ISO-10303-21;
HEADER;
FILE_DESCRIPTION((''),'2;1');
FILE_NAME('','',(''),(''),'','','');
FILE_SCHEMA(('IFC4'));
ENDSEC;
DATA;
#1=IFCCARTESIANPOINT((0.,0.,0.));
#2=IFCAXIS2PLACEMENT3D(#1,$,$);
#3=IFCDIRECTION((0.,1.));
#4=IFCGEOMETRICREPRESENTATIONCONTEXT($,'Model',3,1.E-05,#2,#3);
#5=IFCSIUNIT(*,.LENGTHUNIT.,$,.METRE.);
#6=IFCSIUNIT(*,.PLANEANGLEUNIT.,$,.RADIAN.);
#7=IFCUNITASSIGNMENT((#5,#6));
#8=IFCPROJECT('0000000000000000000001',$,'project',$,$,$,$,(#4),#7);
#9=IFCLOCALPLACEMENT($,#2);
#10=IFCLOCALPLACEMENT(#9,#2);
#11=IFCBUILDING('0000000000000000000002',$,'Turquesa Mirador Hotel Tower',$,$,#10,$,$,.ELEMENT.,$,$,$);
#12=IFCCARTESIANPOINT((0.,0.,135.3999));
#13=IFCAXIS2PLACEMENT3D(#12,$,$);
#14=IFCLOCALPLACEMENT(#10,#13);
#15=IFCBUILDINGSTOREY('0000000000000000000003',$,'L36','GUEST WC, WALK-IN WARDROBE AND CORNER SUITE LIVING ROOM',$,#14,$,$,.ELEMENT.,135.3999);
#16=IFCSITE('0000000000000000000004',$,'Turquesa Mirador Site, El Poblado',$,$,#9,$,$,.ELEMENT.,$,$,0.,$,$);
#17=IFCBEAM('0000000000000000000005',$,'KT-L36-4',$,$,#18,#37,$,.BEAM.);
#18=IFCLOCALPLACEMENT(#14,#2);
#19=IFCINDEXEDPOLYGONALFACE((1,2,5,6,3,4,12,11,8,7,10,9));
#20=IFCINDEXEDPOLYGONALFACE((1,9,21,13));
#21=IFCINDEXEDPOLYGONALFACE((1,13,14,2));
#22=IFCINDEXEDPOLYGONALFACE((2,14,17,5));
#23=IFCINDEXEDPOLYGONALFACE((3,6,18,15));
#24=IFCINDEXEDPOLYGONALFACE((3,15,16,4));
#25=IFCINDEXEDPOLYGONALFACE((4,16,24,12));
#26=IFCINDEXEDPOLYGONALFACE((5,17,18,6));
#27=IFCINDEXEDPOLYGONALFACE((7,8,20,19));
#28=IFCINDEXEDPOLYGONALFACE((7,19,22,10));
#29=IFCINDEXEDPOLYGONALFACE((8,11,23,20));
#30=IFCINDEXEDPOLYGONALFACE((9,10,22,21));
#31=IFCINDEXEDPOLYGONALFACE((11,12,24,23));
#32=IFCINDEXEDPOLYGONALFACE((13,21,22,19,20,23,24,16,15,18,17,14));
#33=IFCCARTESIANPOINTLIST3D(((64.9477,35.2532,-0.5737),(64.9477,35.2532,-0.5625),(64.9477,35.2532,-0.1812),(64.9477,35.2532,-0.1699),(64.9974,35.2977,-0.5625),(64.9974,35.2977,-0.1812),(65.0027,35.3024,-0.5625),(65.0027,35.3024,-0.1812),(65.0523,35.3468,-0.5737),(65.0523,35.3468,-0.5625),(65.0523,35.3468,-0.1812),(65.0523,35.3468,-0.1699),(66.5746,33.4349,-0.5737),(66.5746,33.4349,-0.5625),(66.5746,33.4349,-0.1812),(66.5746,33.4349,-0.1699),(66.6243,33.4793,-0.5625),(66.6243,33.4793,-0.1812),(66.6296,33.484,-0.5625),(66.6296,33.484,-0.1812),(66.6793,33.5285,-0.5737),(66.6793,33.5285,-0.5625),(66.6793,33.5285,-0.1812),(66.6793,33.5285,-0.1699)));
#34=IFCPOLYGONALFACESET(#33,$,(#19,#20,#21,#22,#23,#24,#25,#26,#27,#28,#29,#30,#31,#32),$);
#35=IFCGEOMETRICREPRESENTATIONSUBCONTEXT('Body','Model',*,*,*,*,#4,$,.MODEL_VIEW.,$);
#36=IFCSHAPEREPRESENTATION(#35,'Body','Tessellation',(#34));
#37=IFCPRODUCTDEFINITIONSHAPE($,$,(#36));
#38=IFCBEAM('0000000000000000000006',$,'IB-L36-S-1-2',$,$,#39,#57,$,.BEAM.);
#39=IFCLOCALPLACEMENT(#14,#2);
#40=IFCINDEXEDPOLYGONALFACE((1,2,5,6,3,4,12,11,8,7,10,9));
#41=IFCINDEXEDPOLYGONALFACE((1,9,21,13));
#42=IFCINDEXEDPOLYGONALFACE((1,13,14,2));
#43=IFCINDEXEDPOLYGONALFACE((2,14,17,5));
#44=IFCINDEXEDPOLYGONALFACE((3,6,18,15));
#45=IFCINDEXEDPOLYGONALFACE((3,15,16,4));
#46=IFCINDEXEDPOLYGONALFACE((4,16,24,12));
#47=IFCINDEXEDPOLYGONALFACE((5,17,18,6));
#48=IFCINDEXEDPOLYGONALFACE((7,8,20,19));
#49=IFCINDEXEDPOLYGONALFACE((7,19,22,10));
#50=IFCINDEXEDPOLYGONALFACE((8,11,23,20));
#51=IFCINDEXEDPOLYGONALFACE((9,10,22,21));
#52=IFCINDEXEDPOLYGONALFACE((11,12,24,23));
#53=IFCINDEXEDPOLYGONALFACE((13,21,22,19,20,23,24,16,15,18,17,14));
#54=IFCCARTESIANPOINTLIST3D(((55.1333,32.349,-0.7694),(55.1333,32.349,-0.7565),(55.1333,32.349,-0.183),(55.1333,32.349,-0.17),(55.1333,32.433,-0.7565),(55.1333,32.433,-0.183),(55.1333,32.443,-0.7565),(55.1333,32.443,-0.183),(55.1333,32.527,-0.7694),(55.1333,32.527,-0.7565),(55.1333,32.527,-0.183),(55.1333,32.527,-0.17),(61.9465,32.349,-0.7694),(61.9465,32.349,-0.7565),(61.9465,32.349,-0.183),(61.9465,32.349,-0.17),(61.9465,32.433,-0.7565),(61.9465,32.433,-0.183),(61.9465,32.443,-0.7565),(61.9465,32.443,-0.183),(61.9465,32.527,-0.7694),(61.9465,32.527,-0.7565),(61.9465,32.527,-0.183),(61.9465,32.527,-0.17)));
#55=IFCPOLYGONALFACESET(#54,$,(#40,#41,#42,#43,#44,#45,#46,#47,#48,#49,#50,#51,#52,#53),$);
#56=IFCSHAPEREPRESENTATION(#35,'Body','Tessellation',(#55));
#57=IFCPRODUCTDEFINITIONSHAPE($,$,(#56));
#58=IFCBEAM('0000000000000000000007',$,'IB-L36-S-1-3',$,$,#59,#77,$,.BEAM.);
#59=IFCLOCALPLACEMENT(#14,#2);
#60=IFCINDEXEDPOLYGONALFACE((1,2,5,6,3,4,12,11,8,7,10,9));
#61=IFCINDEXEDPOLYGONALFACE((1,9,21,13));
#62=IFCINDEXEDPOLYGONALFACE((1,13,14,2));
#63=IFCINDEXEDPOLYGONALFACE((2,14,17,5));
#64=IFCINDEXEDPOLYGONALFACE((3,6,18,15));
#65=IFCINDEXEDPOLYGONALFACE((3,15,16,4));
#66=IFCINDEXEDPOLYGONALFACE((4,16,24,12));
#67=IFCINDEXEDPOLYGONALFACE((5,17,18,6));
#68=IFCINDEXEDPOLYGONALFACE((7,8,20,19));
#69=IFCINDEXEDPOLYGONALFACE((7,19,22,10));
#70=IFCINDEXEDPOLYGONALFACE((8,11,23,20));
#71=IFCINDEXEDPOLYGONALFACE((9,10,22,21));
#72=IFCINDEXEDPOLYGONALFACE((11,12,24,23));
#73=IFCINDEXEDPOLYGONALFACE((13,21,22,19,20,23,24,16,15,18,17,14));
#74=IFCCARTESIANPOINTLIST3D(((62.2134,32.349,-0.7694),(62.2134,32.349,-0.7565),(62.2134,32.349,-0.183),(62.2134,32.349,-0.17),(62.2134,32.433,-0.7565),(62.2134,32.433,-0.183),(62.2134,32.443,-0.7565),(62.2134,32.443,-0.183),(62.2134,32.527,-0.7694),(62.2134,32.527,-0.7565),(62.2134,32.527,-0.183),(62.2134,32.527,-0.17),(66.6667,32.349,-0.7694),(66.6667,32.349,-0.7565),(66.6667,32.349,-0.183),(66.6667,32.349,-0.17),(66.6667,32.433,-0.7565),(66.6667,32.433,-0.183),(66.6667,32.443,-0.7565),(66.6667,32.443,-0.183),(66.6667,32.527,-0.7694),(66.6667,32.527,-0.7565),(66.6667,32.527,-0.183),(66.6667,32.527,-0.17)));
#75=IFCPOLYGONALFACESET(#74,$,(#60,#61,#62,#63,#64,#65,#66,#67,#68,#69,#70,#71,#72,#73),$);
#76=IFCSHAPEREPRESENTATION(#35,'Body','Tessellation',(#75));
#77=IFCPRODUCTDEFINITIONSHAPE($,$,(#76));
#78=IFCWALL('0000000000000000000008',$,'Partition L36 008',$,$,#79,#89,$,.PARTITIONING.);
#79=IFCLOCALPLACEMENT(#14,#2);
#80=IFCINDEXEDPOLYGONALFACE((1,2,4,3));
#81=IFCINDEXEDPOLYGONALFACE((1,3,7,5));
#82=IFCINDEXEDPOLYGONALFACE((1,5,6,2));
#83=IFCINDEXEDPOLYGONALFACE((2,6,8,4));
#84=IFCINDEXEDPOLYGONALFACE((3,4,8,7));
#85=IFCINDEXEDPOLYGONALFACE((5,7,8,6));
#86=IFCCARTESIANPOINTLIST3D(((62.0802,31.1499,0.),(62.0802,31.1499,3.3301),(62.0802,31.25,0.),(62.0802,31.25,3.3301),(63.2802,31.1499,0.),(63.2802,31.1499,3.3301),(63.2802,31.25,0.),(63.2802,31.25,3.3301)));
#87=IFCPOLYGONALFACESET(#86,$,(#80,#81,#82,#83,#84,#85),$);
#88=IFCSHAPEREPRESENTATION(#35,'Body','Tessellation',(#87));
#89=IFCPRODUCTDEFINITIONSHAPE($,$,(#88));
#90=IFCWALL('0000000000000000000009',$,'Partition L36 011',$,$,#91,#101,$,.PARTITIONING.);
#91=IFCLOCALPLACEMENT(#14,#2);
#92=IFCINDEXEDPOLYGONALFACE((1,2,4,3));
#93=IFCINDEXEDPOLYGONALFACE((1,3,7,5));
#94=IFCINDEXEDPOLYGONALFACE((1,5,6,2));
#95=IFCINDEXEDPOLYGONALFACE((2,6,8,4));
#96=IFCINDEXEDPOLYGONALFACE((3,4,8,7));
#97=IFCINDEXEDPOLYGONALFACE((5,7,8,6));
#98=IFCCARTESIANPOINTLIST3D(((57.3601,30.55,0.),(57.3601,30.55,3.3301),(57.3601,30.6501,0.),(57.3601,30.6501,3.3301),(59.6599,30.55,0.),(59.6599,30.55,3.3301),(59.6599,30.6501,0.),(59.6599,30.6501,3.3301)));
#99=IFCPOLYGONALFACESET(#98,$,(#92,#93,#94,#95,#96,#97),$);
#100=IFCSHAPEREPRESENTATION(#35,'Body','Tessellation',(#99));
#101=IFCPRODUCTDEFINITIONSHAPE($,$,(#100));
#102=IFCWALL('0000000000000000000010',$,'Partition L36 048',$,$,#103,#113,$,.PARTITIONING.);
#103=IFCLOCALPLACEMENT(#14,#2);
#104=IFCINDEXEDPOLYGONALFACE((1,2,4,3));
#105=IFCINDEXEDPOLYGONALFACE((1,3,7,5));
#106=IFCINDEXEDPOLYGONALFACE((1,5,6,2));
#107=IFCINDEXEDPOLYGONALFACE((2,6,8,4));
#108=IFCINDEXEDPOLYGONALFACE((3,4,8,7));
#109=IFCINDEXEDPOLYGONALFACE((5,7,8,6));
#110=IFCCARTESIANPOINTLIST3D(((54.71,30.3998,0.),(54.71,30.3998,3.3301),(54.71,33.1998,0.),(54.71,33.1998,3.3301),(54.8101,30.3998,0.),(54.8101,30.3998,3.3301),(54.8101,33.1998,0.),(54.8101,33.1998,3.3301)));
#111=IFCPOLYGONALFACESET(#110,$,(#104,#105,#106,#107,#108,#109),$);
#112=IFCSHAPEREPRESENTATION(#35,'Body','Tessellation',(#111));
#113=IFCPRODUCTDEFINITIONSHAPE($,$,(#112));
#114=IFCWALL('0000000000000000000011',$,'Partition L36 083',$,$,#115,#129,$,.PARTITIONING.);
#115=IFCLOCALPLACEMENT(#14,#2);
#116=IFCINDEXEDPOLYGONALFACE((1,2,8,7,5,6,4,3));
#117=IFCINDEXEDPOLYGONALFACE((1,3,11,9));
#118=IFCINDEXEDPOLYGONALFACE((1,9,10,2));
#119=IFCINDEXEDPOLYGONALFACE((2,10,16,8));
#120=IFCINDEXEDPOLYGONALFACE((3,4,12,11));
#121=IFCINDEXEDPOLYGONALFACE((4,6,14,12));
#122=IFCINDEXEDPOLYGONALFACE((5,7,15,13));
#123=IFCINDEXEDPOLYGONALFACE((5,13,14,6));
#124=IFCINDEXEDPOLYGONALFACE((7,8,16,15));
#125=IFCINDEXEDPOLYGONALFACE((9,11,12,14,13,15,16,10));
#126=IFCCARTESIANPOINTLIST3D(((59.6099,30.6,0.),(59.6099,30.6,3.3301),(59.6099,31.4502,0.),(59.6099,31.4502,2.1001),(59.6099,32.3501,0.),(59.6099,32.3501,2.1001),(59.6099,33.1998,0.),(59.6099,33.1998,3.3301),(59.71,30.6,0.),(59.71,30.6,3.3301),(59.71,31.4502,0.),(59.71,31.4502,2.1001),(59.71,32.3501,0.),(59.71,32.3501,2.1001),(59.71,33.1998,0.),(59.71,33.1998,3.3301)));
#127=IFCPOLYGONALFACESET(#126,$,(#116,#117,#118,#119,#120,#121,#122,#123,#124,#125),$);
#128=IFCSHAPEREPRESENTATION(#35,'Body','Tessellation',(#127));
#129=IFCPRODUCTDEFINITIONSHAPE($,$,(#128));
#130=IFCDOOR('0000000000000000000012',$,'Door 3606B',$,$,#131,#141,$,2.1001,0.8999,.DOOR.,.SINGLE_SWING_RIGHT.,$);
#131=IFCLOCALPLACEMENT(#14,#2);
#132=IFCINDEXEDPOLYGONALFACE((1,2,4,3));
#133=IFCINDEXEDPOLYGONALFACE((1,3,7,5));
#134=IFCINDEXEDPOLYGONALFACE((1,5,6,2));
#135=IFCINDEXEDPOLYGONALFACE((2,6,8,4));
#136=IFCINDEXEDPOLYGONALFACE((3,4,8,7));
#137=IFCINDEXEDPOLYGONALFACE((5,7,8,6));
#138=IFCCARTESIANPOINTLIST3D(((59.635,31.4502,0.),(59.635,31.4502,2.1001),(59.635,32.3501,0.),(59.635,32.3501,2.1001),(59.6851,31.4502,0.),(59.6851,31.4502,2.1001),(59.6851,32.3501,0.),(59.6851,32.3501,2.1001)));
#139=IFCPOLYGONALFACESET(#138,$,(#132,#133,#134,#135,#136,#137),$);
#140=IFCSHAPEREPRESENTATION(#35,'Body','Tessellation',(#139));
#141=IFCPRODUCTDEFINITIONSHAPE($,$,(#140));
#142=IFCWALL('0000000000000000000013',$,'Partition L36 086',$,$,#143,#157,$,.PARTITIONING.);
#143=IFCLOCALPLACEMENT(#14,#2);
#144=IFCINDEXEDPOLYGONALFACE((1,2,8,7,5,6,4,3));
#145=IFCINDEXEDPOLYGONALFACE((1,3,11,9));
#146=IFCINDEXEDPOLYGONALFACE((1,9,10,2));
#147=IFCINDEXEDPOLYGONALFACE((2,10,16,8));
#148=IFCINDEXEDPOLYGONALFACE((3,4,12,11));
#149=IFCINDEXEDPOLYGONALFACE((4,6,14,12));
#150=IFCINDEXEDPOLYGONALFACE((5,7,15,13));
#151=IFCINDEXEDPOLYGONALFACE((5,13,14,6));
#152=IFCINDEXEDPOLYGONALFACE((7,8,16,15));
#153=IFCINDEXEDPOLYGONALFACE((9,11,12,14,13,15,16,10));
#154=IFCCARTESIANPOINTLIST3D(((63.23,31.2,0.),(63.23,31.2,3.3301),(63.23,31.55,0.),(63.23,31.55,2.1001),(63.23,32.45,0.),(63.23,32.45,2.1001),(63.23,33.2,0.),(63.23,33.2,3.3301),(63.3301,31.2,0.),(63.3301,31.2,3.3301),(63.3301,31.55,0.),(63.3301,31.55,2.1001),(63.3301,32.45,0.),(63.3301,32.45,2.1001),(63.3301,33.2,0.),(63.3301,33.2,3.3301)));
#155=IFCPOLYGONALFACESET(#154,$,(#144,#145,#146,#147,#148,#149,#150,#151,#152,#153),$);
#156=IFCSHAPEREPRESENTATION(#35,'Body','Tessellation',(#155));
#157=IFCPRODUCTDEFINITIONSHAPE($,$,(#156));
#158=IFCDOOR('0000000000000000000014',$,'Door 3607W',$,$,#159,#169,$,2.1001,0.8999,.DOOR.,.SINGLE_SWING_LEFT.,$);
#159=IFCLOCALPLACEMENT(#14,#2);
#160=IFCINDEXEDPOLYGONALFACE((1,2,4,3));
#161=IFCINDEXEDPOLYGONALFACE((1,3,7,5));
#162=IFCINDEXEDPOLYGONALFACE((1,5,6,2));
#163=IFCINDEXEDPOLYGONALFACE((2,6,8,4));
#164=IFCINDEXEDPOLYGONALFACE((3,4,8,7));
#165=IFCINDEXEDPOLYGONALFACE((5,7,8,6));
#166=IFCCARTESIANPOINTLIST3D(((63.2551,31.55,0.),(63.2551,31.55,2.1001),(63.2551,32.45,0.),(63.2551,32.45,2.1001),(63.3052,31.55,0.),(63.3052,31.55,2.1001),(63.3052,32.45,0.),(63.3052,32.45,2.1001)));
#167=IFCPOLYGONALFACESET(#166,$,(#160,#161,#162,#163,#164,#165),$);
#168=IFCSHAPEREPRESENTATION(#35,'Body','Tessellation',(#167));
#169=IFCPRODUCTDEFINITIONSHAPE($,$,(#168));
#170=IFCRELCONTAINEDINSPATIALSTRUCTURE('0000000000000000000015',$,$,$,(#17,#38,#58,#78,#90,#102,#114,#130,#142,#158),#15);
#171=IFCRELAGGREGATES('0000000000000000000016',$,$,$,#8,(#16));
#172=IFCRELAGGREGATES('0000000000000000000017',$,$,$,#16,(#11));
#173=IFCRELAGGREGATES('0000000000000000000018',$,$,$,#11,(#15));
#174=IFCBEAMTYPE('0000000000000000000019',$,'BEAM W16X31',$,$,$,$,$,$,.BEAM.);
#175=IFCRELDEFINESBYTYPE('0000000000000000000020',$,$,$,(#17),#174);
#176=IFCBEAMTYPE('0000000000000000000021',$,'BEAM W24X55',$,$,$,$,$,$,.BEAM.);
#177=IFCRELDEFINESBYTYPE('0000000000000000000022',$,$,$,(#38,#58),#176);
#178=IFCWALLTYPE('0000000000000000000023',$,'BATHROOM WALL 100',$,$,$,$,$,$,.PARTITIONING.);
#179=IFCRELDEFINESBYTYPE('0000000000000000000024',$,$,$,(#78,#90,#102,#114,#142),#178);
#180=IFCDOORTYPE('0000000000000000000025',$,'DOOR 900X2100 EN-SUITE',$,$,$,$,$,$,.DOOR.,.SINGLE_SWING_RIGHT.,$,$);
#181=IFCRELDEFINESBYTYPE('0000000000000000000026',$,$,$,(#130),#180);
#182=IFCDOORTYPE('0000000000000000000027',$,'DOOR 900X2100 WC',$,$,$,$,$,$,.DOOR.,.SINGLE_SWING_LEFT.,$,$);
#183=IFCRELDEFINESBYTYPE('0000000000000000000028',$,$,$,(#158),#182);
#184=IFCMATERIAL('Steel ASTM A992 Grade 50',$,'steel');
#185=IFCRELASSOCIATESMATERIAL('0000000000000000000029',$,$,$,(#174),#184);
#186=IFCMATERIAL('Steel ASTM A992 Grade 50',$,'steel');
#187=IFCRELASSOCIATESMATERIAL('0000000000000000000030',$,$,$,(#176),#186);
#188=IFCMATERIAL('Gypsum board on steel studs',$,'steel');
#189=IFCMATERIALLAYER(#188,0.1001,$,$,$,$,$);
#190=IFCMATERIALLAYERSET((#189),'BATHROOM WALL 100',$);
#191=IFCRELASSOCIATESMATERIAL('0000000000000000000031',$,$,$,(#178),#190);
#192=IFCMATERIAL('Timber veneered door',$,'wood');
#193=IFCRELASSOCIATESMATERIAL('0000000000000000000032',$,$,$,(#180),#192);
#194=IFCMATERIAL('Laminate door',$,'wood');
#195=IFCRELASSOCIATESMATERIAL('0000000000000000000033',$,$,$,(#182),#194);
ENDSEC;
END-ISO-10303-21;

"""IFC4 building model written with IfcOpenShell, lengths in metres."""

from ifc_helpers import new_model, si_unit, direction, frame, frame_2d, origin, origin_2d, place, context, subcontext, project, spatial, rectangle, i_section, extrude, material, layer, layer_set, material_profile, profile_set, type_object, element, fill, save


model = new_model("IFC4")

# Units and contexts
model_context = context("Model", 3, precision=1e-05, world=origin(), true_north=direction((0.0, 1.0)))
body_context = subcontext(model_context, "Body", "Model", "MODEL_VIEW")
ifc_project = project(units=[si_unit("LENGTHUNIT", "METRE"), si_unit("PLANEANGLEUNIT", "RADIAN")], contexts=[model_context])

# Site, building, storey
site_placement = place(None, origin())
site = spatial("IfcSite", under=ifc_project, at=site_placement, Name="Turquesa Mirador Site, El Poblado", CompositionType="ELEMENT", RefElevation=0.0)
building_placement = place(site_placement, origin())
building = spatial("IfcBuilding", under=site, at=building_placement, Name="Turquesa Mirador Hotel Tower", CompositionType="ELEMENT")
storey_placement = place(building_placement, frame((0.0, 0.0, 135.3999)))
storey = spatial("IfcBuildingStorey", under=building, at=storey_placement, Name="L36", Description="GUEST WC, WALK-IN WARDROBE AND CORNER SUITE LIVING ROOM", CompositionType="ELEMENT", Elevation=135.3999)

# Beams
ifc_material_1 = material(Name="Steel ASTM A992 Grade 50", Category="steel")
ifc_material_profile_1 = material_profile(ifc_material_1, i_section(OverallWidth=0.1404, OverallDepth=0.4038, WebThickness=0.0071, FlangeThickness=0.0112, at=origin_2d()), Name="W16X31")
ifc_profile_set_1 = profile_set([ifc_material_profile_1], Name="Steel ASTM A992 Grade 50")
beam_type_1 = type_object("IfcBeamType", Name="BEAM W16X31", PredefinedType="BEAM", material=ifc_profile_set_1)
beam_1_placement = place(storey_placement, frame((66.627, 33.4817, -0.3718), z_axis=(-0.666795, 0.745241, 0.0), x_axis=(-0.745241, -0.666795, 0.0)))
element("IfcBeam", 1, at=beam_1_placement, inside=storey, type_object=beam_type_1, Name="KT-L36-4", PredefinedType="BEAM", context=body_context, shape_type="SweptSolid", body=[
    extrude(i_section(OverallWidth=0.1404, OverallDepth=0.4038, WebThickness=0.0071, FlangeThickness=0.0112, at=origin_2d()), origin(), (0.0, 0.0, 1.0), 2.4399),
])
ifc_material_2 = material(Name="Steel ASTM A992 Grade 50", Category="steel")
ifc_material_profile_2 = material_profile(ifc_material_2, i_section(OverallWidth=0.178, OverallDepth=0.5994, WebThickness=0.01, FlangeThickness=0.0129, at=origin_2d()), Name="W24X55")
ifc_profile_set_2 = profile_set([ifc_material_profile_2], Name="Steel ASTM A992 Grade 50")
beam_type_2 = type_object("IfcBeamType", Name="BEAM W24X55", PredefinedType="BEAM", material=ifc_profile_set_2)
beam_2_placement = place(storey_placement, frame((55.1333, 32.438, -0.4697), z_axis=(1.0, 0.0, 0.0), x_axis=(0.0, 1.0, 0.0)))
element("IfcBeam", 2, at=beam_2_placement, inside=storey, type_object=beam_type_2, Name="IB-L36-S-1-2", PredefinedType="BEAM", context=body_context, shape_type="SweptSolid", body=[
    extrude(i_section(OverallWidth=0.178, OverallDepth=0.5994, WebThickness=0.01, FlangeThickness=0.0129, at=origin_2d()), origin(), (0.0, 0.0, 1.0), 6.8132),
])
beam_3_placement = place(storey_placement, frame((62.2134, 32.438, -0.4697), z_axis=(1.0, 0.0, 0.0), x_axis=(0.0, 1.0, 0.0)))
element("IfcBeam", 3, at=beam_3_placement, inside=storey, type_object=beam_type_2, Name="IB-L36-S-1-3", PredefinedType="BEAM", context=body_context, shape_type="SweptSolid", body=[
    extrude(i_section(OverallWidth=0.178, OverallDepth=0.5994, WebThickness=0.01, FlangeThickness=0.0129, at=origin_2d()), origin(), (0.0, 0.0, 1.0), 4.4534),
])

# Walls
ifc_material_3 = material(Name="Gypsum board on steel studs", Category="steel")
ifc_layer_1 = layer(ifc_material_3, 0.1001)
ifc_layer_set_1 = layer_set([ifc_layer_1], Name="BATHROOM WALL 100")
wall_type_1 = type_object("IfcWallType", Name="BATHROOM WALL 100", PredefinedType="PARTITIONING", material=ifc_layer_set_1)
wall_1_placement = place(storey_placement, frame((62.0801, 31.2, 0.0), z_axis=(0.0, 0.0, 1.0), x_axis=(1.0, 0.0, 0.0)))
element("IfcWall", 4, at=wall_1_placement, inside=storey, type_object=wall_type_1, Name="Partition L36 008", PredefinedType="PARTITIONING", context=body_context, shape_type="SweptSolid", body=[
    extrude(rectangle(XDim=1.2, YDim=0.1001, at=frame_2d((0.6001, 0.0))), origin(), (0.0, 0.0, 1.0), 3.3301),
])
wall_2_placement = place(storey_placement, frame((57.3601, 30.6001, 0.0), z_axis=(0.0, 0.0, 1.0), x_axis=(1.0, 0.0, 0.0)))
element("IfcWall", 5, at=wall_2_placement, inside=storey, type_object=wall_type_1, Name="Partition L36 011", PredefinedType="PARTITIONING", context=body_context, shape_type="SweptSolid", body=[
    extrude(rectangle(XDim=2.2998, YDim=0.1001, at=frame_2d((1.1499, 0.0))), origin(), (0.0, 0.0, 1.0), 3.3301),
])
wall_3_placement = place(storey_placement, frame((54.76, 30.3999, 0.0), z_axis=(0.0, 0.0, 1.0), x_axis=(0.0, 1.0, 0.0)))
element("IfcWall", 6, at=wall_3_placement, inside=storey, type_object=wall_type_1, Name="Partition L36 048", PredefinedType="PARTITIONING", context=body_context, shape_type="SweptSolid", body=[
    extrude(rectangle(XDim=2.8, YDim=0.1001, at=frame_2d((1.3999, 0.0))), origin(), (0.0, 0.0, 1.0), 3.3301),
])

# Walls, openings, doors
wall_4_placement = place(storey_placement, frame((59.6599, 30.6001, 0.0), z_axis=(0.0, 0.0, 1.0), x_axis=(0.0, 1.0, 0.0)))
wall_4 = element("IfcWall", 7, at=wall_4_placement, inside=storey, type_object=wall_type_1, Name="Partition L36 083", PredefinedType="PARTITIONING", context=body_context, shape_type="SweptSolid", body=[
    extrude(rectangle(XDim=2.5999, YDim=0.1001, at=frame_2d((1.2998, 0.0))), origin(), (0.0, 0.0, 1.0), 3.3301),
])
opening_1_placement = place(wall_4_placement, frame((0.8501, 0.0, 0.0)))
opening_1 = element("IfcOpeningElement", 8, at=opening_1_placement, cuts=wall_4, PredefinedType="OPENING", context=body_context, shape_type="SweptSolid", body=[
    extrude(rectangle(XDim=0.8999, YDim=2.1001, at=frame_2d((0.45, 1.05))), frame((0.0, 0.0601, 0.0), z_axis=(0.0, -1.0, 0.0), x_axis=(1.0, 0.0, 0.0)), (0.0, 0.0, 1.0), 0.1201),
])
ifc_material_4 = material(Name="Timber veneered door", Category="wood")
door_type_1 = type_object("IfcDoorType", Name="DOOR 900X2100 EN-SUITE", OperationType="SINGLE_SWING_RIGHT", PredefinedType="DOOR", material=ifc_material_4)
door_1_placement = place(opening_1_placement, origin())
door_1 = element("IfcDoor", 9, at=door_1_placement, inside=storey, type_object=door_type_1, Name="Door 3606B", OperationType="SINGLE_SWING_RIGHT", OverallHeight=2.1001, OverallWidth=0.8999, PredefinedType="DOOR", context=body_context, shape_type="SweptSolid", body=[
    extrude(rectangle(XDim=0.8999, YDim=2.1001, at=frame_2d((0.45, 1.05))), frame((0.0, 0.0249, 0.0), z_axis=(0.0, -1.0, 0.0), x_axis=(1.0, 0.0, 0.0)), (0.0, 0.0, 1.0), 0.05),
])
fill(opening_1, door_1)
wall_5_placement = place(storey_placement, frame((63.28, 31.2, 0.0), z_axis=(0.0, 0.0, 1.0), x_axis=(0.0, 1.0, 0.0)))
wall_5 = element("IfcWall", 10, at=wall_5_placement, inside=storey, type_object=wall_type_1, Name="Partition L36 086", PredefinedType="PARTITIONING", context=body_context, shape_type="SweptSolid", body=[
    extrude(rectangle(XDim=2.0, YDim=0.1001, at=frame_2d((1.0, 0.0))), origin(), (0.0, 0.0, 1.0), 3.3301),
])
opening_2_placement = place(wall_5_placement, frame((0.3501, 0.0, 0.0)))
opening_2 = element("IfcOpeningElement", 11, at=opening_2_placement, cuts=wall_5, PredefinedType="OPENING", context=body_context, shape_type="SweptSolid", body=[
    extrude(rectangle(XDim=0.8999, YDim=2.1001, at=frame_2d((0.45, 1.05))), frame((0.0, 0.0601, 0.0), z_axis=(0.0, -1.0, 0.0), x_axis=(1.0, 0.0, 0.0)), (0.0, 0.0, 1.0), 0.1201),
])
ifc_material_5 = material(Name="Laminate door", Category="wood")
door_type_2 = type_object("IfcDoorType", Name="DOOR 900X2100 WC", OperationType="SINGLE_SWING_LEFT", PredefinedType="DOOR", material=ifc_material_5)
door_2_placement = place(opening_2_placement, origin())
door_2 = element("IfcDoor", 12, at=door_2_placement, inside=storey, type_object=door_type_2, Name="Door 3607W", OperationType="SINGLE_SWING_LEFT", OverallHeight=2.1001, OverallWidth=0.8999, PredefinedType="DOOR", context=body_context, shape_type="SweptSolid", body=[
    extrude(rectangle(XDim=0.8999, YDim=2.1001, at=frame_2d((0.45, 1.05))), frame((0.0, 0.0249, 0.0), z_axis=(0.0, -1.0, 0.0), x_axis=(1.0, 0.0, 0.0)), (0.0, 0.0, 1.0), 0.05),
])
fill(opening_2, door_2)

save(model, "model.ifc")
